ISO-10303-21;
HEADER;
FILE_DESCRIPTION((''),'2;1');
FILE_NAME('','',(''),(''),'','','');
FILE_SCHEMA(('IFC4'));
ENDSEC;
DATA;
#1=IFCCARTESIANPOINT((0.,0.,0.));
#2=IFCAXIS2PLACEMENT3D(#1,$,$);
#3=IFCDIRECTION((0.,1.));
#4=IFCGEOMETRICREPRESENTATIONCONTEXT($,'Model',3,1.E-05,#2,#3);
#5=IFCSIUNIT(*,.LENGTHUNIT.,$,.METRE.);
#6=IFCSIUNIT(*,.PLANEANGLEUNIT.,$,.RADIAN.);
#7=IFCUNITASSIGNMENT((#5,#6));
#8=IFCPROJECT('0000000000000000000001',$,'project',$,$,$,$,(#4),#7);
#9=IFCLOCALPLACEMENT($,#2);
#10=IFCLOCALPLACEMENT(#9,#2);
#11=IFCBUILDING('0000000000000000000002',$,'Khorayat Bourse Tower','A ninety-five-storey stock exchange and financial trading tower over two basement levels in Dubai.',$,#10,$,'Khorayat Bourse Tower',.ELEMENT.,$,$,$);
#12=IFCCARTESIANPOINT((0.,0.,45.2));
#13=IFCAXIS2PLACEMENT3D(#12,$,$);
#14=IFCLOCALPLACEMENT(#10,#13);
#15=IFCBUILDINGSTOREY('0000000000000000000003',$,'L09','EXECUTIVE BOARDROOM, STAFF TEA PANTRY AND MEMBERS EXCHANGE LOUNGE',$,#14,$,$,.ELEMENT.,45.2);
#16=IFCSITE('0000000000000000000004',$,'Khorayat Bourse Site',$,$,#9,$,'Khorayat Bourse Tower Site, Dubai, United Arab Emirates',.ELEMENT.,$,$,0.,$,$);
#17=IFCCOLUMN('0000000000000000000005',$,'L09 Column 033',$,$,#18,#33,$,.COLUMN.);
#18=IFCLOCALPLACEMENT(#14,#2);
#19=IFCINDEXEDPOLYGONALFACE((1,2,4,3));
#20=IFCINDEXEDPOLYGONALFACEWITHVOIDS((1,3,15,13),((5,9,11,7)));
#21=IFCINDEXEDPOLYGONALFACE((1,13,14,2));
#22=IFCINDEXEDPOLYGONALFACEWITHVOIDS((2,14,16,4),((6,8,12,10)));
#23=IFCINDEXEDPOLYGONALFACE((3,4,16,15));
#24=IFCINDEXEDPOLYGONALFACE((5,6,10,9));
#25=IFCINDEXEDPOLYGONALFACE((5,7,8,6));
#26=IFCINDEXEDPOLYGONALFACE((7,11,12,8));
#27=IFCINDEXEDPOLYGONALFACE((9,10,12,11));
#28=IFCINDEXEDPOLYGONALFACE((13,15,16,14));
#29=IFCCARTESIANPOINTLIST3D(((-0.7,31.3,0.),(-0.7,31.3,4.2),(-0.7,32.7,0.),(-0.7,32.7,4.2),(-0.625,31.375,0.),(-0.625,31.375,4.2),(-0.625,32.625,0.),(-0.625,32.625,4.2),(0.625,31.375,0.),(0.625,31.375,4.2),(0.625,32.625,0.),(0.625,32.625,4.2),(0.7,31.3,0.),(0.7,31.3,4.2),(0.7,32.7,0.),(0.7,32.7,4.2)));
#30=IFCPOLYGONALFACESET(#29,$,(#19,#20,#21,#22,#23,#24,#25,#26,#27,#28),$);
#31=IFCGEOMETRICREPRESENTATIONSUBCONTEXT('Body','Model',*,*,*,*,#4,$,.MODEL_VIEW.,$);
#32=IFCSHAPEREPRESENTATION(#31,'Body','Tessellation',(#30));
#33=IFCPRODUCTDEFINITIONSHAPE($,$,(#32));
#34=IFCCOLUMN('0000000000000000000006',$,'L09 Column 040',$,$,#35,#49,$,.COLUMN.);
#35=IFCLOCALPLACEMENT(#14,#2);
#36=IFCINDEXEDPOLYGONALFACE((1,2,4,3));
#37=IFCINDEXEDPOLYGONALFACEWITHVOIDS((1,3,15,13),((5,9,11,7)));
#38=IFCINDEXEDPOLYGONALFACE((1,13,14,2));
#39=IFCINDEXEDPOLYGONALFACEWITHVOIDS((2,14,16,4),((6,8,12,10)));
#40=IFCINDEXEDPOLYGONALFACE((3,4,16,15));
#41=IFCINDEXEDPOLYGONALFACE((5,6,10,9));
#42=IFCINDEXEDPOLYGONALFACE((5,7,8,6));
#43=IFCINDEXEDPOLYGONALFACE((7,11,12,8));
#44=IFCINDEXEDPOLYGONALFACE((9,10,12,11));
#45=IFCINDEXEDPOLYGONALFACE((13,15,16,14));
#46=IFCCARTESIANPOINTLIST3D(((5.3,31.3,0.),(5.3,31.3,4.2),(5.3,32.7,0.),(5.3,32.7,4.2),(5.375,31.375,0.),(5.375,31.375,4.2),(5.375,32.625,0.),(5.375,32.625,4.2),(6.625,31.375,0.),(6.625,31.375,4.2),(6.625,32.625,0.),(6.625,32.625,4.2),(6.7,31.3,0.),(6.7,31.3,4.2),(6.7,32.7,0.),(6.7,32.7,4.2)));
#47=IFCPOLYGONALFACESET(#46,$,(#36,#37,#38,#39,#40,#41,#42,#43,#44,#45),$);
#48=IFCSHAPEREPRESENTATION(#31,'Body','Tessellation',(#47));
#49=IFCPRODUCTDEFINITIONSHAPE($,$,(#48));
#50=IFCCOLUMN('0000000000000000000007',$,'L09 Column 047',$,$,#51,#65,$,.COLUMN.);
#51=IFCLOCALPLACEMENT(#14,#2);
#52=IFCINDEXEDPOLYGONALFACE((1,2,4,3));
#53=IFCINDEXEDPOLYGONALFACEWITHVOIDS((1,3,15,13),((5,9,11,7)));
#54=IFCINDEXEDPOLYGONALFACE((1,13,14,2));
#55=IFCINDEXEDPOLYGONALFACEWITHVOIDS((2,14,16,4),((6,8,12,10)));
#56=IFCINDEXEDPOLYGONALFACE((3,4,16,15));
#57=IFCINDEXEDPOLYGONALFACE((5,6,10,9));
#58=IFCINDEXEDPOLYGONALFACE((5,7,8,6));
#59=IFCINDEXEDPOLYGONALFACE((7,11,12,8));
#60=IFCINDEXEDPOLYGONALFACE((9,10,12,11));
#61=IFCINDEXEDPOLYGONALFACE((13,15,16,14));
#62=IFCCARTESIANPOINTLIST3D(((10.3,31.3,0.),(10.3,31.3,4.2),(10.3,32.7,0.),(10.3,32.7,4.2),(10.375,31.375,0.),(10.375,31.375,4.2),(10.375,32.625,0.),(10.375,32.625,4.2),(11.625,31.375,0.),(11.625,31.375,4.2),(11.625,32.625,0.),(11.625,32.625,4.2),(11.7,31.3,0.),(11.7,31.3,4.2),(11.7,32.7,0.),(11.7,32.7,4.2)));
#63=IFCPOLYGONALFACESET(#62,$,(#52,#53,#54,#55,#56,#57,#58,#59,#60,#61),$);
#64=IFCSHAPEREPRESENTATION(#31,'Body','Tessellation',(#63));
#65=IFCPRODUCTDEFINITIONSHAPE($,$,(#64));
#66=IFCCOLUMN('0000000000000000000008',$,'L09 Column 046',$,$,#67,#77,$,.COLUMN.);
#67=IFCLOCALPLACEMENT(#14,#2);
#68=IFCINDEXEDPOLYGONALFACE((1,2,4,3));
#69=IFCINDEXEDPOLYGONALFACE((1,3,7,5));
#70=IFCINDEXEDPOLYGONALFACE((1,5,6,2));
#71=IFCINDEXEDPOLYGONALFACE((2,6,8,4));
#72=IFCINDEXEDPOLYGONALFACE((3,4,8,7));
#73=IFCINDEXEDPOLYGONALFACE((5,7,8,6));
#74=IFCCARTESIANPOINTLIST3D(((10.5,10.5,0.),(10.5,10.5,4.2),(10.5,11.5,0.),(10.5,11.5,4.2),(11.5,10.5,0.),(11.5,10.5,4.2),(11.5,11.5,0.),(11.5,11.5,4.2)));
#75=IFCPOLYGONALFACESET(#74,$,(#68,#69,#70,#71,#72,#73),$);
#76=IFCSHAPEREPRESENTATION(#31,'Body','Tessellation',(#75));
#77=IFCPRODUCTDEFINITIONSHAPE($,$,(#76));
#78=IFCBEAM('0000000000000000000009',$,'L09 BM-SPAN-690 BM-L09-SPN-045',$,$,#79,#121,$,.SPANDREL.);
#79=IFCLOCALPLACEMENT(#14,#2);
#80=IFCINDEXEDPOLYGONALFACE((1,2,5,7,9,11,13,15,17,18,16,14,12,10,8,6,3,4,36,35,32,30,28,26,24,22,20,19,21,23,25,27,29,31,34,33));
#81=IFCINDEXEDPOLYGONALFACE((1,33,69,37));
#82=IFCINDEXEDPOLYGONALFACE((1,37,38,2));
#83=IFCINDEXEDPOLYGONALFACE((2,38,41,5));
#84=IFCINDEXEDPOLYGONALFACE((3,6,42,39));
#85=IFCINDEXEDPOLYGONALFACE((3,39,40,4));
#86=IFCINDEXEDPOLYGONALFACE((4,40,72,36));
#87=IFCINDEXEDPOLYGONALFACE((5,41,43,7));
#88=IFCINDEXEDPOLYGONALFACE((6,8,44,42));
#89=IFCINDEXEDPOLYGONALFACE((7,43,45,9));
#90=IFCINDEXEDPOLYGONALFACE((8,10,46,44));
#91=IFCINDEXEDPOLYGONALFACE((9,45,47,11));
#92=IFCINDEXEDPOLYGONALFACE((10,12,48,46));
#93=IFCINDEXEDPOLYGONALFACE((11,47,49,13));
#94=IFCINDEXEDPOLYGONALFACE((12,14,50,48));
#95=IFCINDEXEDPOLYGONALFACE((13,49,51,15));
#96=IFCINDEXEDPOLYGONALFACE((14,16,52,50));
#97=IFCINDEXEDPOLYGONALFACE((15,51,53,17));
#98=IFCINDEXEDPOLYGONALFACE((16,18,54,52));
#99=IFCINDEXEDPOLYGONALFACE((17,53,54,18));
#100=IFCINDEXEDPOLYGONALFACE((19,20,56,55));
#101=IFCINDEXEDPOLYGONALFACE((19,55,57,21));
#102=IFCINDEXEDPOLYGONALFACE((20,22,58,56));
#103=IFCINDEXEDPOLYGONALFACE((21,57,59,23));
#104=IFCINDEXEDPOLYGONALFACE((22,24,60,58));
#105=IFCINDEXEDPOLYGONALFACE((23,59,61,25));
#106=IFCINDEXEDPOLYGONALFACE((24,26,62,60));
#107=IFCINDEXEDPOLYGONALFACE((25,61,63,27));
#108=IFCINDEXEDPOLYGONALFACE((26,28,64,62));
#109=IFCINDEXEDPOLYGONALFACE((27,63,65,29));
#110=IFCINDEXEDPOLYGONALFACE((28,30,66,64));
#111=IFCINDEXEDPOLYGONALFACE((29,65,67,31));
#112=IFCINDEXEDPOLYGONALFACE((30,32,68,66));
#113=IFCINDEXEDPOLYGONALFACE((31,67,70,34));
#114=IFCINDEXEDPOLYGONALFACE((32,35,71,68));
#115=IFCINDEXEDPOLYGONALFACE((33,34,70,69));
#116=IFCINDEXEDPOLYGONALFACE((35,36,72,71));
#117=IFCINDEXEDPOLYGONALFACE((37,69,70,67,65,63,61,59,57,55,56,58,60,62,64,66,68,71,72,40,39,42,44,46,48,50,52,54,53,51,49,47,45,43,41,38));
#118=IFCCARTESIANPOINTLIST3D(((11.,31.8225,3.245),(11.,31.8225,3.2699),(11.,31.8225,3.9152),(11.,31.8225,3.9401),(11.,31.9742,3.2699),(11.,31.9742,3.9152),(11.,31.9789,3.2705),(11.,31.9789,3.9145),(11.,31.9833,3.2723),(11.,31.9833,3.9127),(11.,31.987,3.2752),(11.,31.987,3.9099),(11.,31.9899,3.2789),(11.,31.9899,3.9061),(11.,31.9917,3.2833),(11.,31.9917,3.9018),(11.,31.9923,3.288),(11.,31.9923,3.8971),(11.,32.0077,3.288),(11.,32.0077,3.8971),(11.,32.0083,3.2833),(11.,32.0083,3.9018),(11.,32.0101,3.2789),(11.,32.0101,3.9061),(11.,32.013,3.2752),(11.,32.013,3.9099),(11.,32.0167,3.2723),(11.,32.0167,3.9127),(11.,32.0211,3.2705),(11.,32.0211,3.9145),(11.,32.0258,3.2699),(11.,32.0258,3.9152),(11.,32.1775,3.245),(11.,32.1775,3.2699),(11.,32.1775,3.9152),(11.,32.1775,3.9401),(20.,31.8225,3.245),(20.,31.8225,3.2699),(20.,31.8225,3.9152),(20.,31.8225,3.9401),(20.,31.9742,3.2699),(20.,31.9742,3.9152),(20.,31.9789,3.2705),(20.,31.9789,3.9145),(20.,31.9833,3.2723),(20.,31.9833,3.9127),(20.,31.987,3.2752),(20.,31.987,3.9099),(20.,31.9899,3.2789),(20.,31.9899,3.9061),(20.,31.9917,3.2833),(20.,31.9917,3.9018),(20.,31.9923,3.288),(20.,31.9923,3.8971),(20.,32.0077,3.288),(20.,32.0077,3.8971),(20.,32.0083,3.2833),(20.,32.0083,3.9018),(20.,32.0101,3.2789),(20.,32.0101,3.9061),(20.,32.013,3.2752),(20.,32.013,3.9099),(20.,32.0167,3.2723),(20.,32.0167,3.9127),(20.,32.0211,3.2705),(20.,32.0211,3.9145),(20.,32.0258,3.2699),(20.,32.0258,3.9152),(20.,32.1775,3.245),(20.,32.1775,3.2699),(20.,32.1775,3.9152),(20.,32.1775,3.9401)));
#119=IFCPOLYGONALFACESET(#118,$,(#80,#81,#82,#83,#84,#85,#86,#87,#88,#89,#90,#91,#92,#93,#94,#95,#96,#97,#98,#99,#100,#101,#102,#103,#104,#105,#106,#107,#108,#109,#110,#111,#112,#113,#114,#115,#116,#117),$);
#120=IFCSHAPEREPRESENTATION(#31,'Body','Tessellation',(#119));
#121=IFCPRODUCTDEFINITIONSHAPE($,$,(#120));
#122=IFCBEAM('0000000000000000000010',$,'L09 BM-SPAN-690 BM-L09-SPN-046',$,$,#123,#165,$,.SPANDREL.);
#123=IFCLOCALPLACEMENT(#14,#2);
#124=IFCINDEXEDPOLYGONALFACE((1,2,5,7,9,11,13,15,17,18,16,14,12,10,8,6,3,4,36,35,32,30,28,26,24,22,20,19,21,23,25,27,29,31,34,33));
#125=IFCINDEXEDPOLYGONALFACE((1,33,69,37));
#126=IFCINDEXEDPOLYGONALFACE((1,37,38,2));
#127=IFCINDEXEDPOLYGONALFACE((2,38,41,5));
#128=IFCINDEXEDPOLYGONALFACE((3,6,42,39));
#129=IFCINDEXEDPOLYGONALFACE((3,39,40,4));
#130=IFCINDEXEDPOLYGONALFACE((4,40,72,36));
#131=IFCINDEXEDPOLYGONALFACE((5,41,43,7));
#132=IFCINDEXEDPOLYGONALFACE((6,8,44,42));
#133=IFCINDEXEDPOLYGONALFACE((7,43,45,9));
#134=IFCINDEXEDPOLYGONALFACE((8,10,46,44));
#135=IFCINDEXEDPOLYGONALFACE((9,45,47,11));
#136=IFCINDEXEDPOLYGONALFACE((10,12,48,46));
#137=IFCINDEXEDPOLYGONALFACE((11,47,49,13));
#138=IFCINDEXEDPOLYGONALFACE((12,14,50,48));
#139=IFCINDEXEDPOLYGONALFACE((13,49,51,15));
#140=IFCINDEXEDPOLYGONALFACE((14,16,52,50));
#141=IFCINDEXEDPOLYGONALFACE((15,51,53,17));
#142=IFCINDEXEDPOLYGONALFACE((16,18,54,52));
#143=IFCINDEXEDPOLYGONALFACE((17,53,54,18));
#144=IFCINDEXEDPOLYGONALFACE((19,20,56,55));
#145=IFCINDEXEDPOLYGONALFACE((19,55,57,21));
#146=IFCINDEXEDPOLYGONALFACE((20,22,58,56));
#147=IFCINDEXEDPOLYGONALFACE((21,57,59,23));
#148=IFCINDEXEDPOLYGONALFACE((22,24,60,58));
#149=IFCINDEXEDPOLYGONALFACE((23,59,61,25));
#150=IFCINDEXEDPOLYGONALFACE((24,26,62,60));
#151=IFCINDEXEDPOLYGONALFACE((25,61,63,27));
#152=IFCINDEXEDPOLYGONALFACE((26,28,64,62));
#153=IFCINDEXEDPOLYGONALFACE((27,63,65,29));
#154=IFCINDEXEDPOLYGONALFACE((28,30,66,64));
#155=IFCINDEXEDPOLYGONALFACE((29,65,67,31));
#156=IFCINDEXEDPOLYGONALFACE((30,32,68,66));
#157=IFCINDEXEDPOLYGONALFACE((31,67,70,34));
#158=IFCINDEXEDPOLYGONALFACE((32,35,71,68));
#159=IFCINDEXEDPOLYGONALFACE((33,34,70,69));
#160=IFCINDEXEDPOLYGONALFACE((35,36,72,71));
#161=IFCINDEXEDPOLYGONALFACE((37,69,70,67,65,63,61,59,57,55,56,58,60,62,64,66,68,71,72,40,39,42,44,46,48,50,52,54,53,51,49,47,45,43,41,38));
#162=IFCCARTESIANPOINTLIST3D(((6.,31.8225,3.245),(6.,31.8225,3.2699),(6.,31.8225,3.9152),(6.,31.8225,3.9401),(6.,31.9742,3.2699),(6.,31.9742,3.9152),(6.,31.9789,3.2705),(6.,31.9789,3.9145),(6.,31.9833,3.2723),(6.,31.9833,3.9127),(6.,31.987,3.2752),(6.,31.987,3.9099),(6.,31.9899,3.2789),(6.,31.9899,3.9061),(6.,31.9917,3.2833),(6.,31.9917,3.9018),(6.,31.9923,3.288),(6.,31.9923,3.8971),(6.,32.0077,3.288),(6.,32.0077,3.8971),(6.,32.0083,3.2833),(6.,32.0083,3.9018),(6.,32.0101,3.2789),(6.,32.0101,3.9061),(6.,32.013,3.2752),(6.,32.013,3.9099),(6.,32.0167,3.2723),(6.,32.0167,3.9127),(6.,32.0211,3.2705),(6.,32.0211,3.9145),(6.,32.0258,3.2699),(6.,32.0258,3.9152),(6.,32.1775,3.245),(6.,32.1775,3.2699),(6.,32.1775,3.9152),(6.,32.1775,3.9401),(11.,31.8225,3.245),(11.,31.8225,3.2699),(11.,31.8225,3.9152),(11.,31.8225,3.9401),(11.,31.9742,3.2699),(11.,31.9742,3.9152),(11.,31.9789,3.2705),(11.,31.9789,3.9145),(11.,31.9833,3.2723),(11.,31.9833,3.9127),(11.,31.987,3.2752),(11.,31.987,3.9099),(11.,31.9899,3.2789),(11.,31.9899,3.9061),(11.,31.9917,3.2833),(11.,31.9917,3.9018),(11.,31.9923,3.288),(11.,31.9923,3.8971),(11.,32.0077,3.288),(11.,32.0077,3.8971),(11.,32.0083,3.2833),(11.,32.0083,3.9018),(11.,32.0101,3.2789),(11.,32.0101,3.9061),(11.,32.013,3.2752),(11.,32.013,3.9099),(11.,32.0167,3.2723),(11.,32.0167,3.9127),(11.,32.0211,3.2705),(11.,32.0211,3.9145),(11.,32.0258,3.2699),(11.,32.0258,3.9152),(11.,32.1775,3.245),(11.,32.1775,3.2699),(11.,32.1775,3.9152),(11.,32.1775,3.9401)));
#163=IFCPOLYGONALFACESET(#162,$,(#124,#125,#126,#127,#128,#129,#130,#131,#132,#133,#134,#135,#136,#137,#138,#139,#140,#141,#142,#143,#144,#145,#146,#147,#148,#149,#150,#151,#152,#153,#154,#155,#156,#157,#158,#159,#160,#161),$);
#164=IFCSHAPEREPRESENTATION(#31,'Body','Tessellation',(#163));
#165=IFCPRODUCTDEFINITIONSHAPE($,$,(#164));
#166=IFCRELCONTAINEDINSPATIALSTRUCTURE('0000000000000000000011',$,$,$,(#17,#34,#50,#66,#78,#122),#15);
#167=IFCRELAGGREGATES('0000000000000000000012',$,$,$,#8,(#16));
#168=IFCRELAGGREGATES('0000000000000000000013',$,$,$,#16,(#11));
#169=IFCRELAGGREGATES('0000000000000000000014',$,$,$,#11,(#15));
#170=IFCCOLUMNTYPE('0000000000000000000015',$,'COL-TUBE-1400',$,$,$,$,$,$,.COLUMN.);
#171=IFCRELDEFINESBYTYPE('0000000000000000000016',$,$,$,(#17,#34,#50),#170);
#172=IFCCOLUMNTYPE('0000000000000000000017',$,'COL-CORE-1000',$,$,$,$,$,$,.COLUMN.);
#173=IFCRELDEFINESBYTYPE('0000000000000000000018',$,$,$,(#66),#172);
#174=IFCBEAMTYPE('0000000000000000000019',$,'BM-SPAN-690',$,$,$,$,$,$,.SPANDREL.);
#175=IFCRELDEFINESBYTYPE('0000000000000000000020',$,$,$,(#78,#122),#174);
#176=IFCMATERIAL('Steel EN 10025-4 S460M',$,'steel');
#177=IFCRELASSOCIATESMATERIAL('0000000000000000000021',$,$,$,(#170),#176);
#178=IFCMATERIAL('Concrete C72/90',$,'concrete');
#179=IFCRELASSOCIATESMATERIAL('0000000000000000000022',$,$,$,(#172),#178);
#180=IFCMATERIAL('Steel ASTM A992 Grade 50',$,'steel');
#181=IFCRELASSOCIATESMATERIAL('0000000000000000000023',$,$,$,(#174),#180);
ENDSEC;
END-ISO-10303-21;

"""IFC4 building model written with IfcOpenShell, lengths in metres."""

from ifc_helpers import new_model, si_unit, direction, frame, origin, origin_2d, place, context, subcontext, project, spatial, rectangle, hollow_rectangle, i_section, extrude, source, transform, mapped, material, material_profile, profile_set, type_object, element, save


model = new_model("IFC4")

# Units and contexts
model_context = context("Model", 3, precision=1e-05, world=origin(), true_north=direction((0.0, 1.0)))
body_context = subcontext(model_context, "Body", "Model", "MODEL_VIEW")
ifc_project = project(units=[si_unit("LENGTHUNIT", "METRE"), si_unit("PLANEANGLEUNIT", "RADIAN")], contexts=[model_context])

# Site, building, storey
site_placement = place(None, origin())
site = spatial("IfcSite", under=ifc_project, at=site_placement, Name="Khorayat Bourse Site", LongName="Khorayat Bourse Tower Site, Dubai, United Arab Emirates", CompositionType="ELEMENT", RefElevation=0.0)
building_placement = place(site_placement, origin())
building = spatial("IfcBuilding", under=site, at=building_placement, Name="Khorayat Bourse Tower", Description="A ninety-five-storey stock exchange and financial trading tower over two basement levels in Dubai.", LongName="Khorayat Bourse Tower", CompositionType="ELEMENT")
storey_placement = place(building_placement, frame((0.0, 0.0, 45.2)))
storey = spatial("IfcBuildingStorey", under=building, at=storey_placement, Name="L09", Description="EXECUTIVE BOARDROOM, STAFF TEA PANTRY AND MEMBERS EXCHANGE LOUNGE", CompositionType="ELEMENT", Elevation=45.2)

# Columns
ifc_material_1 = material(Name="Steel EN 10025-4 S460M", Category="steel")
ifc_material_profile_1 = material_profile(ifc_material_1, hollow_rectangle(XDim=1.3999, YDim=1.3999, WallThickness=0.075, at=origin_2d()), Name="BOX 1400x1400x75")
ifc_profile_set_1 = profile_set([ifc_material_profile_1], Name="Steel EN 10025-4 S460M")
column_type_1 = type_object("IfcColumnType", Name="COL-TUBE-1400", PredefinedType="COLUMN", material=ifc_profile_set_1)
shared_shape_1 = source(origin(), body_context, "Body", "SweptSolid", [
    extrude(hollow_rectangle(XDim=1.3999, YDim=1.3999, WallThickness=0.075, at=origin_2d()), origin(), (0.0, 0.0, 1.0), 4.2),
])
for number, where, z_axis, x_axis, name in (
    (1, (0.0, 32.0, 0.0), (0.0, 0.0, 1.0), (1.0, 0.0, 0.0), "L09 Column 033"),
    (2, (6.0, 32.0, 0.0), (0.0, 0.0, 1.0), (1.0, 0.0, 0.0), "L09 Column 040"),
    (3, (11.0, 32.0, 0.0), (0.0, 0.0, 1.0), (1.0, 0.0, 0.0), "L09 Column 047"),
):
    element("IfcColumn", number, at=place(storey_placement, frame(where, z_axis=z_axis, x_axis=x_axis)), inside=storey, type_object=column_type_1, Name=name, PredefinedType="COLUMN", context=body_context, shape_type="MappedRepresentation", body=[
        mapped(shared_shape_1, transform((0.0, 0.0, 0.0), scale=1.0)),
    ])
ifc_material_2 = material(Name="Concrete C72/90", Category="concrete")
ifc_material_profile_2 = material_profile(ifc_material_2, rectangle(XDim=1.0, YDim=1.0, at=origin_2d()), Name="RC 1000x1000")
ifc_profile_set_2 = profile_set([ifc_material_profile_2], Name="Concrete C72/90")
column_type_2 = type_object("IfcColumnType", Name="COL-CORE-1000", PredefinedType="COLUMN", material=ifc_profile_set_2)
shared_shape_2 = source(origin(), body_context, "Body", "SweptSolid", [
    extrude(rectangle(XDim=1.0, YDim=1.0, at=origin_2d()), origin(), (0.0, 0.0, 1.0), 4.2),
])
column_placement = place(storey_placement, frame((11.0, 11.0, 0.0), z_axis=(0.0, 0.0, 1.0), x_axis=(1.0, 0.0, 0.0)))
element("IfcColumn", 4, at=column_placement, inside=storey, type_object=column_type_2, Name="L09 Column 046", PredefinedType="COLUMN", context=body_context, shape_type="MappedRepresentation", body=[
    mapped(shared_shape_2, transform((0.0, 0.0, 0.0), scale=1.0)),
])

# Beams
ifc_material_3 = material(Name="Steel ASTM A992 Grade 50", Category="steel")
ifc_material_profile_3 = material_profile(ifc_material_3, i_section(OverallWidth=0.355, OverallDepth=0.6951, WebThickness=0.0154, FlangeThickness=0.0249, FilletRadius=0.0181, at=origin_2d()), Name="W690X217")
ifc_profile_set_3 = profile_set([ifc_material_profile_3], Name="Steel ASTM A992 Grade 50")
beam_type_1 = type_object("IfcBeamType", Name="BM-SPAN-690", PredefinedType="SPANDREL", material=ifc_profile_set_3)
shared_shape_3 = source(origin(), body_context, "Body", "SweptSolid", [
    extrude(i_section(OverallWidth=0.355, OverallDepth=0.6951, WebThickness=0.0154, FlangeThickness=0.0249, FilletRadius=0.0181, at=origin_2d()), origin(), (0.0, 0.0, 1.0), 9.0),
])
beam_1_placement = place(storey_placement, frame((11.0, 32.0, 3.5925), z_axis=(1.0, 0.0, 0.0), x_axis=(0.0, 1.0, 0.0)))
element("IfcBeam", 5, at=beam_1_placement, inside=storey, type_object=beam_type_1, Name="L09 BM-SPAN-690 BM-L09-SPN-045", PredefinedType="SPANDREL", context=body_context, shape_type="MappedRepresentation", body=[
    mapped(shared_shape_3, transform((0.0, 0.0, 0.0), scale=1.0)),
])
shared_shape_4 = source(origin(), body_context, "Body", "SweptSolid", [
    extrude(i_section(OverallWidth=0.355, OverallDepth=0.6951, WebThickness=0.0154, FlangeThickness=0.0249, FilletRadius=0.0181, at=origin_2d()), origin(), (0.0, 0.0, 1.0), 5.0),
])
beam_2_placement = place(storey_placement, frame((6.0, 32.0, 3.5925), z_axis=(1.0, 0.0, 0.0), x_axis=(0.0, 1.0, 0.0)))
element("IfcBeam", 6, at=beam_2_placement, inside=storey, type_object=beam_type_1, Name="L09 BM-SPAN-690 BM-L09-SPN-046", PredefinedType="SPANDREL", context=body_context, shape_type="MappedRepresentation", body=[
    mapped(shared_shape_4, transform((0.0, 0.0, 0.0), scale=1.0)),
])

save(model, "model.ifc")
